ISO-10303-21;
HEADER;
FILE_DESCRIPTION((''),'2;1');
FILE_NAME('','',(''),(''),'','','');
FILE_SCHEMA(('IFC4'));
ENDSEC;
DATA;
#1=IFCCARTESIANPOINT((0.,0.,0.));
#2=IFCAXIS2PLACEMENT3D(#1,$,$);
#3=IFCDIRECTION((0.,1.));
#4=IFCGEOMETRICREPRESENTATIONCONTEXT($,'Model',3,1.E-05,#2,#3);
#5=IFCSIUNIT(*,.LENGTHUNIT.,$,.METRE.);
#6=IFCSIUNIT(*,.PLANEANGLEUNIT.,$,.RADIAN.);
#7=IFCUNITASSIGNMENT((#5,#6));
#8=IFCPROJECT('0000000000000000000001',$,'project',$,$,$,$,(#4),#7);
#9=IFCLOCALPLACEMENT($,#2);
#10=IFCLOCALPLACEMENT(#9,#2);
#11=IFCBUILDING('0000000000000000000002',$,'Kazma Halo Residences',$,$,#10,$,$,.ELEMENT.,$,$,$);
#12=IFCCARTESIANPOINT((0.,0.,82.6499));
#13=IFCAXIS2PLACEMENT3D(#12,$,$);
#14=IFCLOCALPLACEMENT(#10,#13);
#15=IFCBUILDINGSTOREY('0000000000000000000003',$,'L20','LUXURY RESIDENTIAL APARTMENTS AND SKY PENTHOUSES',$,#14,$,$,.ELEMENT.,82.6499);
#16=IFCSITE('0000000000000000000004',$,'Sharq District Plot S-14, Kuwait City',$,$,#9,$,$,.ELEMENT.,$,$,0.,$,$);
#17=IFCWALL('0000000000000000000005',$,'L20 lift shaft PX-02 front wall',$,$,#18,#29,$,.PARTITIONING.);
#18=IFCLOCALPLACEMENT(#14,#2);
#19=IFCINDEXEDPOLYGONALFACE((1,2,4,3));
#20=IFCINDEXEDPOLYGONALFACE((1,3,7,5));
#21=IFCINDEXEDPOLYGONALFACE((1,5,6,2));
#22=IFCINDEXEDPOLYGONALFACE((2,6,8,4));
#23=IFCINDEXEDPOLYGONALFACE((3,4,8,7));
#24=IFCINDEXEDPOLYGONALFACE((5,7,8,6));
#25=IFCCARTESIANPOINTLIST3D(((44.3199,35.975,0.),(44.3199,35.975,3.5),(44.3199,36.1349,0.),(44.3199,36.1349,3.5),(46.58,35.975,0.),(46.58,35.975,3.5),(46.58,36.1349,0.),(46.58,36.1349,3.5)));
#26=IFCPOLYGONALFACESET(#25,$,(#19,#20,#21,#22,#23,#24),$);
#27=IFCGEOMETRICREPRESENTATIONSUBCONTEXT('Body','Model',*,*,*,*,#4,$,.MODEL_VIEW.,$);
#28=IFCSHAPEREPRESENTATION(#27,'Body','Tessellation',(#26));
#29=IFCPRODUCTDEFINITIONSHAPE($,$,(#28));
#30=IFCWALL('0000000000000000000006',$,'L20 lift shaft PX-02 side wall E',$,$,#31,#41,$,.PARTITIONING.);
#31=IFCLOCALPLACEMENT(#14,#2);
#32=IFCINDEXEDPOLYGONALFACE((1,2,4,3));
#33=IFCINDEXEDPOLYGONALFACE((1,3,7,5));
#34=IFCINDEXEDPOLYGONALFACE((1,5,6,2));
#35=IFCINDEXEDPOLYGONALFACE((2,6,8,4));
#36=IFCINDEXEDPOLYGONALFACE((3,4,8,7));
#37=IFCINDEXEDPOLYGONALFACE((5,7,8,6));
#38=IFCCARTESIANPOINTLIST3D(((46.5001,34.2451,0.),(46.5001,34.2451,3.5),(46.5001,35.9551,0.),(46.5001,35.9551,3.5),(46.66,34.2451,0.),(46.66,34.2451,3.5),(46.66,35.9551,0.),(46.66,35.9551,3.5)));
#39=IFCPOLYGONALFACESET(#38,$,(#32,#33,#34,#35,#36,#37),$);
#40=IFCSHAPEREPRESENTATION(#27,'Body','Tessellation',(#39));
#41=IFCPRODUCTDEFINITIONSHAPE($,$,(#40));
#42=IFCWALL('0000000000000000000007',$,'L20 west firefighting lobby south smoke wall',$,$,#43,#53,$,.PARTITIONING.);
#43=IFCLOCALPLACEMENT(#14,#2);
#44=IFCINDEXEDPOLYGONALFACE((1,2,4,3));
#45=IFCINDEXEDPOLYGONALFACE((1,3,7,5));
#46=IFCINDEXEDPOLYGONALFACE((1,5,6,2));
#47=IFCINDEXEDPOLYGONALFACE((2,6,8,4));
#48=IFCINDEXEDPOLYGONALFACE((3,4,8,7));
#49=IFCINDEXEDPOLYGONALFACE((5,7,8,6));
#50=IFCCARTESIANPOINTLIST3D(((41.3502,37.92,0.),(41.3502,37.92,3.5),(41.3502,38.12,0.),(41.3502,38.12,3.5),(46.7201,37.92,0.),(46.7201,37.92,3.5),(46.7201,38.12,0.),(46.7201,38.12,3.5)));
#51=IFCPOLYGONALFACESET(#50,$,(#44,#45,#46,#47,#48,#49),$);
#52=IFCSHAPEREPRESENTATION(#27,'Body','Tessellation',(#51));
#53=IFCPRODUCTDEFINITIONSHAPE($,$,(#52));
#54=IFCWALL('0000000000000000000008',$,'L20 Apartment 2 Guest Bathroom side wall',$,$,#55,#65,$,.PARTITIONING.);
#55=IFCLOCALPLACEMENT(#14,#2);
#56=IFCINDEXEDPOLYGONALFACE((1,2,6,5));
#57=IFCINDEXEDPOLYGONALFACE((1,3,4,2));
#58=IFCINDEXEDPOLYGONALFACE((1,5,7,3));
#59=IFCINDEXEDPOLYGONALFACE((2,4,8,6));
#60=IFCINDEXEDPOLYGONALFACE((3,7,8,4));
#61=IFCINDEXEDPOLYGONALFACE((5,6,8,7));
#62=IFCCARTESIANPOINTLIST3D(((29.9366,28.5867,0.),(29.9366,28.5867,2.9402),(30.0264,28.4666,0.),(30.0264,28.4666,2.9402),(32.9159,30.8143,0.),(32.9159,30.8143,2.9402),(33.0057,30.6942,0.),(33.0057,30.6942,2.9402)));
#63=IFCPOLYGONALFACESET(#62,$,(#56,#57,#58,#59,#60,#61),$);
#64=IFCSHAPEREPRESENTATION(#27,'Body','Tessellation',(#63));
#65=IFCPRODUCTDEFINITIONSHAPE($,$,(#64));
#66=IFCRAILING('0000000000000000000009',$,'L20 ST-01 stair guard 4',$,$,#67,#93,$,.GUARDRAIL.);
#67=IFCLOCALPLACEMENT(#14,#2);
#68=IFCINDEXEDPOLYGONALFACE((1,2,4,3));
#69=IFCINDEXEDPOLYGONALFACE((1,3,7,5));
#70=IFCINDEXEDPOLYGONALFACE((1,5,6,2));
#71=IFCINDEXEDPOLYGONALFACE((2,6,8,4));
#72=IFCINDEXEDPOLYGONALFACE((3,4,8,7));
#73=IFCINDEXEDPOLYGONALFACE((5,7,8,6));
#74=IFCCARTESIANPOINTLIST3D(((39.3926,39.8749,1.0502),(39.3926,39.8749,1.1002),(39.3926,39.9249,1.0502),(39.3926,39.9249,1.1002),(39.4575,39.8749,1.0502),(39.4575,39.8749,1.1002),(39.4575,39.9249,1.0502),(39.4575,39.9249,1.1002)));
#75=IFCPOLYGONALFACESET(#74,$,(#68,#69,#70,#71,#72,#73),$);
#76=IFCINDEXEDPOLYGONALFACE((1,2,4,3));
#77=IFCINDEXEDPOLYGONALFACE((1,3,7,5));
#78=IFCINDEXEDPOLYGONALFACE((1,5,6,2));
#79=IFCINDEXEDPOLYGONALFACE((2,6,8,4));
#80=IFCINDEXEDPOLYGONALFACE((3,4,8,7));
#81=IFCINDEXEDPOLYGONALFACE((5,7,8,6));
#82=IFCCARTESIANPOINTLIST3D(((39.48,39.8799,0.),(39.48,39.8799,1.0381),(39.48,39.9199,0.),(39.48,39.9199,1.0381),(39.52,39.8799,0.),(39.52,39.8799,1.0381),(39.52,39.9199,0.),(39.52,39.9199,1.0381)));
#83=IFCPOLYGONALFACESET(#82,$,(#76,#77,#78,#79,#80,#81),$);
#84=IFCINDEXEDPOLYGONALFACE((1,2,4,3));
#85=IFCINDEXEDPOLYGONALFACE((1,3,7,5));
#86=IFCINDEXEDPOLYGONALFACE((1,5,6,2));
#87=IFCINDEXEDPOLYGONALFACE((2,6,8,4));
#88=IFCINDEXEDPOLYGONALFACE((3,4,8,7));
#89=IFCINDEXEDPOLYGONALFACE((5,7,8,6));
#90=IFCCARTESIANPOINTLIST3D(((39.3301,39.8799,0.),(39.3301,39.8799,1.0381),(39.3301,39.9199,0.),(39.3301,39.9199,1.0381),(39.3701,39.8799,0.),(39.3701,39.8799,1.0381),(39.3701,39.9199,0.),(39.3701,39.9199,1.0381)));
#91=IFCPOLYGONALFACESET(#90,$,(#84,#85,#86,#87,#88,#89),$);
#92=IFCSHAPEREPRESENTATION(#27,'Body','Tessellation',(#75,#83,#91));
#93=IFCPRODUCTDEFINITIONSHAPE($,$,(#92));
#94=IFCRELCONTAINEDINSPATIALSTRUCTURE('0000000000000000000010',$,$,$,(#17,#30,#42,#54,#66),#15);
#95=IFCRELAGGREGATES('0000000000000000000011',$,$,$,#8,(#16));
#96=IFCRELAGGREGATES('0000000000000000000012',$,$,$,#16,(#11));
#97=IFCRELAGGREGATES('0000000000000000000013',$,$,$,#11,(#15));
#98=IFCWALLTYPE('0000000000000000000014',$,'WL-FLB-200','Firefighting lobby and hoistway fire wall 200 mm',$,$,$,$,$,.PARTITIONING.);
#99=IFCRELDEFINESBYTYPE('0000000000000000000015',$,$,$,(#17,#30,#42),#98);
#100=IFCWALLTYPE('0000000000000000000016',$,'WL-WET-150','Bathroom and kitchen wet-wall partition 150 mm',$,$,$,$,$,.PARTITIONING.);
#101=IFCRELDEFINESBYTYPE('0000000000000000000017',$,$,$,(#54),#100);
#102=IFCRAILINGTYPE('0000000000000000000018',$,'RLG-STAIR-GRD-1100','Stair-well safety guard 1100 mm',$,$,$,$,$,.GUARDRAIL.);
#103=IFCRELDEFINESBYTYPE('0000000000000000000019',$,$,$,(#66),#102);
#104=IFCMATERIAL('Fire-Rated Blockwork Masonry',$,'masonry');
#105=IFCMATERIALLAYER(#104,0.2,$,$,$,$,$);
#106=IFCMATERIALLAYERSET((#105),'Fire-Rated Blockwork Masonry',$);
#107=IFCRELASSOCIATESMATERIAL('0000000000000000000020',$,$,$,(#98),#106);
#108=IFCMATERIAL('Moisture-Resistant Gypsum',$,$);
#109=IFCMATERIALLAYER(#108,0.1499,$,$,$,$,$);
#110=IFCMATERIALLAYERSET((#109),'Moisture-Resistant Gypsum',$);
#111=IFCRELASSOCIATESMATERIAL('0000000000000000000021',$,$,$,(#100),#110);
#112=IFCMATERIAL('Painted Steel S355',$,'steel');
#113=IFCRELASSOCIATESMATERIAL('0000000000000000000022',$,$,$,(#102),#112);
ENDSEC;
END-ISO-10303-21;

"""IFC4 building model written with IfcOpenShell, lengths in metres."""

from ifc_helpers import new_model, si_unit, direction, frame, frame_2d, origin, origin_2d, place, context, subcontext, project, spatial, rectangle, extrude, material, layer, layer_set, type_object, element, save


model = new_model("IFC4")

# Units and contexts
model_context = context("Model", 3, precision=1e-05, world=origin(), true_north=direction((0.0, 1.0)))
body_context = subcontext(model_context, "Body", "Model", "MODEL_VIEW")
ifc_project = project(units=[si_unit("LENGTHUNIT", "METRE"), si_unit("PLANEANGLEUNIT", "RADIAN")], contexts=[model_context])

# Site, building, storey
site_placement = place(None, origin())
site = spatial("IfcSite", under=ifc_project, at=site_placement, Name="Sharq District Plot S-14, Kuwait City", CompositionType="ELEMENT", RefElevation=0.0)
building_placement = place(site_placement, origin())
building = spatial("IfcBuilding", under=site, at=building_placement, Name="Kazma Halo Residences", CompositionType="ELEMENT")
storey_placement = place(building_placement, frame((0.0, 0.0, 82.6499)))
storey = spatial("IfcBuildingStorey", under=building, at=storey_placement, Name="L20", Description="LUXURY RESIDENTIAL APARTMENTS AND SKY PENTHOUSES", CompositionType="ELEMENT", Elevation=82.6499)

# Shared definitions
ifc_material_1 = material(Name="Fire-Rated Blockwork Masonry", Category="masonry")
ifc_layer_1 = layer(ifc_material_1, 0.2)
ifc_layer_set_1 = layer_set([ifc_layer_1], Name="Fire-Rated Blockwork Masonry")
wall_type_1 = type_object("IfcWallType", Name="WL-FLB-200", Description="Firefighting lobby and hoistway fire wall 200 mm", PredefinedType="PARTITIONING", material=ifc_layer_set_1)

# Walls
wall_1_placement = place(storey_placement, frame((44.3201, 36.0549, 0.0), z_axis=(0.0, 0.0, 1.0), x_axis=(1.0, 0.0, 0.0)))
element("IfcWall", 1, at=wall_1_placement, inside=storey, type_object=wall_type_1, Name="L20 lift shaft PX-02 front wall", PredefinedType="PARTITIONING", context=body_context, shape_type="SweptSolid", body=[
    extrude(rectangle(XDim=2.26, YDim=0.1599, at=frame_2d((1.1299, 0.0))), origin(), (0.0, 0.0, 1.0), 3.5),
])
wall_2_placement = place(storey_placement, frame((46.5801, 34.2451, 0.0), z_axis=(0.0, 0.0, 1.0), x_axis=(0.0, 1.0, 0.0)))
element("IfcWall", 2, at=wall_2_placement, inside=storey, type_object=wall_type_1, Name="L20 lift shaft PX-02 side wall E", PredefinedType="PARTITIONING", context=body_context, shape_type="SweptSolid", body=[
    extrude(rectangle(XDim=1.71, YDim=0.1599, at=frame_2d((0.855, 0.0))), origin(), (0.0, 0.0, 1.0), 3.5),
])
wall_3_placement = place(storey_placement, frame((41.3501, 38.02, 0.0), z_axis=(0.0, 0.0, 1.0), x_axis=(1.0, 0.0, 0.0)))
element("IfcWall", 3, at=wall_3_placement, inside=storey, type_object=wall_type_1, Name="L20 west firefighting lobby south smoke wall", PredefinedType="PARTITIONING", context=body_context, shape_type="SweptSolid", body=[
    extrude(rectangle(XDim=5.3699, YDim=0.2, at=frame_2d((2.6851, 0.0))), origin(), (0.0, 0.0, 1.0), 3.5),
])

# Wall
ifc_material_2 = material(Name="Moisture-Resistant Gypsum")
ifc_layer_2 = layer(ifc_material_2, 0.1499)
ifc_layer_set_2 = layer_set([ifc_layer_2], Name="Moisture-Resistant Gypsum")
wall_type_2 = type_object("IfcWallType", Name="WL-WET-150", Description="Bathroom and kitchen wet-wall partition 150 mm", PredefinedType="PARTITIONING", material=ifc_layer_set_2)
wall_4_placement = place(storey_placement, frame((32.9607, 30.7542, 0.0), z_axis=(0.0, 0.0, 1.0), x_axis=(-0.800889, -0.598813, 0.0)))
element("IfcWall", 4, at=wall_4_placement, inside=storey, type_object=wall_type_2, Name="L20 Apartment 2 Guest Bathroom side wall", PredefinedType="PARTITIONING", context=body_context, shape_type="SweptSolid", body=[
    extrude(rectangle(XDim=3.72, YDim=0.1499, at=frame_2d((1.8599, 0.0))), origin(), (0.0, 0.0, 1.0), 2.9402),
])

# Railing
ifc_material_3 = material(Name="Painted Steel S355", Category="steel")
railing_type = type_object("IfcRailingType", Name="RLG-STAIR-GRD-1100", Description="Stair-well safety guard 1100 mm", PredefinedType="GUARDRAIL", material=ifc_material_3)
railing_placement = place(storey_placement, frame((39.5, 39.8999, 0.0)))
element("IfcRailing", 5, at=railing_placement, inside=storey, type_object=railing_type, Name="L20 ST-01 stair guard 4", PredefinedType="GUARDRAIL", context=body_context, shape_type="SweptSolid", body=[
    extrude(rectangle(XDim=0.05, YDim=0.05, at=origin_2d()), frame((-0.0425, 0.0, 1.0752), z_axis=(-1.0, 0.0, 0.0), x_axis=(0.0, -1.0, 0.0)), (0.0, 0.0, 1.0), 0.0649),
    extrude(rectangle(XDim=0.04, YDim=0.04, at=origin_2d()), origin(), (0.0, 0.0, 1.0), 1.0381),
    extrude(rectangle(XDim=0.04, YDim=0.04, at=origin_2d()), frame((-0.1499, 0.0, 0.0)), (0.0, 0.0, 1.0), 1.0381),
])

save(model, "model.ifc")
